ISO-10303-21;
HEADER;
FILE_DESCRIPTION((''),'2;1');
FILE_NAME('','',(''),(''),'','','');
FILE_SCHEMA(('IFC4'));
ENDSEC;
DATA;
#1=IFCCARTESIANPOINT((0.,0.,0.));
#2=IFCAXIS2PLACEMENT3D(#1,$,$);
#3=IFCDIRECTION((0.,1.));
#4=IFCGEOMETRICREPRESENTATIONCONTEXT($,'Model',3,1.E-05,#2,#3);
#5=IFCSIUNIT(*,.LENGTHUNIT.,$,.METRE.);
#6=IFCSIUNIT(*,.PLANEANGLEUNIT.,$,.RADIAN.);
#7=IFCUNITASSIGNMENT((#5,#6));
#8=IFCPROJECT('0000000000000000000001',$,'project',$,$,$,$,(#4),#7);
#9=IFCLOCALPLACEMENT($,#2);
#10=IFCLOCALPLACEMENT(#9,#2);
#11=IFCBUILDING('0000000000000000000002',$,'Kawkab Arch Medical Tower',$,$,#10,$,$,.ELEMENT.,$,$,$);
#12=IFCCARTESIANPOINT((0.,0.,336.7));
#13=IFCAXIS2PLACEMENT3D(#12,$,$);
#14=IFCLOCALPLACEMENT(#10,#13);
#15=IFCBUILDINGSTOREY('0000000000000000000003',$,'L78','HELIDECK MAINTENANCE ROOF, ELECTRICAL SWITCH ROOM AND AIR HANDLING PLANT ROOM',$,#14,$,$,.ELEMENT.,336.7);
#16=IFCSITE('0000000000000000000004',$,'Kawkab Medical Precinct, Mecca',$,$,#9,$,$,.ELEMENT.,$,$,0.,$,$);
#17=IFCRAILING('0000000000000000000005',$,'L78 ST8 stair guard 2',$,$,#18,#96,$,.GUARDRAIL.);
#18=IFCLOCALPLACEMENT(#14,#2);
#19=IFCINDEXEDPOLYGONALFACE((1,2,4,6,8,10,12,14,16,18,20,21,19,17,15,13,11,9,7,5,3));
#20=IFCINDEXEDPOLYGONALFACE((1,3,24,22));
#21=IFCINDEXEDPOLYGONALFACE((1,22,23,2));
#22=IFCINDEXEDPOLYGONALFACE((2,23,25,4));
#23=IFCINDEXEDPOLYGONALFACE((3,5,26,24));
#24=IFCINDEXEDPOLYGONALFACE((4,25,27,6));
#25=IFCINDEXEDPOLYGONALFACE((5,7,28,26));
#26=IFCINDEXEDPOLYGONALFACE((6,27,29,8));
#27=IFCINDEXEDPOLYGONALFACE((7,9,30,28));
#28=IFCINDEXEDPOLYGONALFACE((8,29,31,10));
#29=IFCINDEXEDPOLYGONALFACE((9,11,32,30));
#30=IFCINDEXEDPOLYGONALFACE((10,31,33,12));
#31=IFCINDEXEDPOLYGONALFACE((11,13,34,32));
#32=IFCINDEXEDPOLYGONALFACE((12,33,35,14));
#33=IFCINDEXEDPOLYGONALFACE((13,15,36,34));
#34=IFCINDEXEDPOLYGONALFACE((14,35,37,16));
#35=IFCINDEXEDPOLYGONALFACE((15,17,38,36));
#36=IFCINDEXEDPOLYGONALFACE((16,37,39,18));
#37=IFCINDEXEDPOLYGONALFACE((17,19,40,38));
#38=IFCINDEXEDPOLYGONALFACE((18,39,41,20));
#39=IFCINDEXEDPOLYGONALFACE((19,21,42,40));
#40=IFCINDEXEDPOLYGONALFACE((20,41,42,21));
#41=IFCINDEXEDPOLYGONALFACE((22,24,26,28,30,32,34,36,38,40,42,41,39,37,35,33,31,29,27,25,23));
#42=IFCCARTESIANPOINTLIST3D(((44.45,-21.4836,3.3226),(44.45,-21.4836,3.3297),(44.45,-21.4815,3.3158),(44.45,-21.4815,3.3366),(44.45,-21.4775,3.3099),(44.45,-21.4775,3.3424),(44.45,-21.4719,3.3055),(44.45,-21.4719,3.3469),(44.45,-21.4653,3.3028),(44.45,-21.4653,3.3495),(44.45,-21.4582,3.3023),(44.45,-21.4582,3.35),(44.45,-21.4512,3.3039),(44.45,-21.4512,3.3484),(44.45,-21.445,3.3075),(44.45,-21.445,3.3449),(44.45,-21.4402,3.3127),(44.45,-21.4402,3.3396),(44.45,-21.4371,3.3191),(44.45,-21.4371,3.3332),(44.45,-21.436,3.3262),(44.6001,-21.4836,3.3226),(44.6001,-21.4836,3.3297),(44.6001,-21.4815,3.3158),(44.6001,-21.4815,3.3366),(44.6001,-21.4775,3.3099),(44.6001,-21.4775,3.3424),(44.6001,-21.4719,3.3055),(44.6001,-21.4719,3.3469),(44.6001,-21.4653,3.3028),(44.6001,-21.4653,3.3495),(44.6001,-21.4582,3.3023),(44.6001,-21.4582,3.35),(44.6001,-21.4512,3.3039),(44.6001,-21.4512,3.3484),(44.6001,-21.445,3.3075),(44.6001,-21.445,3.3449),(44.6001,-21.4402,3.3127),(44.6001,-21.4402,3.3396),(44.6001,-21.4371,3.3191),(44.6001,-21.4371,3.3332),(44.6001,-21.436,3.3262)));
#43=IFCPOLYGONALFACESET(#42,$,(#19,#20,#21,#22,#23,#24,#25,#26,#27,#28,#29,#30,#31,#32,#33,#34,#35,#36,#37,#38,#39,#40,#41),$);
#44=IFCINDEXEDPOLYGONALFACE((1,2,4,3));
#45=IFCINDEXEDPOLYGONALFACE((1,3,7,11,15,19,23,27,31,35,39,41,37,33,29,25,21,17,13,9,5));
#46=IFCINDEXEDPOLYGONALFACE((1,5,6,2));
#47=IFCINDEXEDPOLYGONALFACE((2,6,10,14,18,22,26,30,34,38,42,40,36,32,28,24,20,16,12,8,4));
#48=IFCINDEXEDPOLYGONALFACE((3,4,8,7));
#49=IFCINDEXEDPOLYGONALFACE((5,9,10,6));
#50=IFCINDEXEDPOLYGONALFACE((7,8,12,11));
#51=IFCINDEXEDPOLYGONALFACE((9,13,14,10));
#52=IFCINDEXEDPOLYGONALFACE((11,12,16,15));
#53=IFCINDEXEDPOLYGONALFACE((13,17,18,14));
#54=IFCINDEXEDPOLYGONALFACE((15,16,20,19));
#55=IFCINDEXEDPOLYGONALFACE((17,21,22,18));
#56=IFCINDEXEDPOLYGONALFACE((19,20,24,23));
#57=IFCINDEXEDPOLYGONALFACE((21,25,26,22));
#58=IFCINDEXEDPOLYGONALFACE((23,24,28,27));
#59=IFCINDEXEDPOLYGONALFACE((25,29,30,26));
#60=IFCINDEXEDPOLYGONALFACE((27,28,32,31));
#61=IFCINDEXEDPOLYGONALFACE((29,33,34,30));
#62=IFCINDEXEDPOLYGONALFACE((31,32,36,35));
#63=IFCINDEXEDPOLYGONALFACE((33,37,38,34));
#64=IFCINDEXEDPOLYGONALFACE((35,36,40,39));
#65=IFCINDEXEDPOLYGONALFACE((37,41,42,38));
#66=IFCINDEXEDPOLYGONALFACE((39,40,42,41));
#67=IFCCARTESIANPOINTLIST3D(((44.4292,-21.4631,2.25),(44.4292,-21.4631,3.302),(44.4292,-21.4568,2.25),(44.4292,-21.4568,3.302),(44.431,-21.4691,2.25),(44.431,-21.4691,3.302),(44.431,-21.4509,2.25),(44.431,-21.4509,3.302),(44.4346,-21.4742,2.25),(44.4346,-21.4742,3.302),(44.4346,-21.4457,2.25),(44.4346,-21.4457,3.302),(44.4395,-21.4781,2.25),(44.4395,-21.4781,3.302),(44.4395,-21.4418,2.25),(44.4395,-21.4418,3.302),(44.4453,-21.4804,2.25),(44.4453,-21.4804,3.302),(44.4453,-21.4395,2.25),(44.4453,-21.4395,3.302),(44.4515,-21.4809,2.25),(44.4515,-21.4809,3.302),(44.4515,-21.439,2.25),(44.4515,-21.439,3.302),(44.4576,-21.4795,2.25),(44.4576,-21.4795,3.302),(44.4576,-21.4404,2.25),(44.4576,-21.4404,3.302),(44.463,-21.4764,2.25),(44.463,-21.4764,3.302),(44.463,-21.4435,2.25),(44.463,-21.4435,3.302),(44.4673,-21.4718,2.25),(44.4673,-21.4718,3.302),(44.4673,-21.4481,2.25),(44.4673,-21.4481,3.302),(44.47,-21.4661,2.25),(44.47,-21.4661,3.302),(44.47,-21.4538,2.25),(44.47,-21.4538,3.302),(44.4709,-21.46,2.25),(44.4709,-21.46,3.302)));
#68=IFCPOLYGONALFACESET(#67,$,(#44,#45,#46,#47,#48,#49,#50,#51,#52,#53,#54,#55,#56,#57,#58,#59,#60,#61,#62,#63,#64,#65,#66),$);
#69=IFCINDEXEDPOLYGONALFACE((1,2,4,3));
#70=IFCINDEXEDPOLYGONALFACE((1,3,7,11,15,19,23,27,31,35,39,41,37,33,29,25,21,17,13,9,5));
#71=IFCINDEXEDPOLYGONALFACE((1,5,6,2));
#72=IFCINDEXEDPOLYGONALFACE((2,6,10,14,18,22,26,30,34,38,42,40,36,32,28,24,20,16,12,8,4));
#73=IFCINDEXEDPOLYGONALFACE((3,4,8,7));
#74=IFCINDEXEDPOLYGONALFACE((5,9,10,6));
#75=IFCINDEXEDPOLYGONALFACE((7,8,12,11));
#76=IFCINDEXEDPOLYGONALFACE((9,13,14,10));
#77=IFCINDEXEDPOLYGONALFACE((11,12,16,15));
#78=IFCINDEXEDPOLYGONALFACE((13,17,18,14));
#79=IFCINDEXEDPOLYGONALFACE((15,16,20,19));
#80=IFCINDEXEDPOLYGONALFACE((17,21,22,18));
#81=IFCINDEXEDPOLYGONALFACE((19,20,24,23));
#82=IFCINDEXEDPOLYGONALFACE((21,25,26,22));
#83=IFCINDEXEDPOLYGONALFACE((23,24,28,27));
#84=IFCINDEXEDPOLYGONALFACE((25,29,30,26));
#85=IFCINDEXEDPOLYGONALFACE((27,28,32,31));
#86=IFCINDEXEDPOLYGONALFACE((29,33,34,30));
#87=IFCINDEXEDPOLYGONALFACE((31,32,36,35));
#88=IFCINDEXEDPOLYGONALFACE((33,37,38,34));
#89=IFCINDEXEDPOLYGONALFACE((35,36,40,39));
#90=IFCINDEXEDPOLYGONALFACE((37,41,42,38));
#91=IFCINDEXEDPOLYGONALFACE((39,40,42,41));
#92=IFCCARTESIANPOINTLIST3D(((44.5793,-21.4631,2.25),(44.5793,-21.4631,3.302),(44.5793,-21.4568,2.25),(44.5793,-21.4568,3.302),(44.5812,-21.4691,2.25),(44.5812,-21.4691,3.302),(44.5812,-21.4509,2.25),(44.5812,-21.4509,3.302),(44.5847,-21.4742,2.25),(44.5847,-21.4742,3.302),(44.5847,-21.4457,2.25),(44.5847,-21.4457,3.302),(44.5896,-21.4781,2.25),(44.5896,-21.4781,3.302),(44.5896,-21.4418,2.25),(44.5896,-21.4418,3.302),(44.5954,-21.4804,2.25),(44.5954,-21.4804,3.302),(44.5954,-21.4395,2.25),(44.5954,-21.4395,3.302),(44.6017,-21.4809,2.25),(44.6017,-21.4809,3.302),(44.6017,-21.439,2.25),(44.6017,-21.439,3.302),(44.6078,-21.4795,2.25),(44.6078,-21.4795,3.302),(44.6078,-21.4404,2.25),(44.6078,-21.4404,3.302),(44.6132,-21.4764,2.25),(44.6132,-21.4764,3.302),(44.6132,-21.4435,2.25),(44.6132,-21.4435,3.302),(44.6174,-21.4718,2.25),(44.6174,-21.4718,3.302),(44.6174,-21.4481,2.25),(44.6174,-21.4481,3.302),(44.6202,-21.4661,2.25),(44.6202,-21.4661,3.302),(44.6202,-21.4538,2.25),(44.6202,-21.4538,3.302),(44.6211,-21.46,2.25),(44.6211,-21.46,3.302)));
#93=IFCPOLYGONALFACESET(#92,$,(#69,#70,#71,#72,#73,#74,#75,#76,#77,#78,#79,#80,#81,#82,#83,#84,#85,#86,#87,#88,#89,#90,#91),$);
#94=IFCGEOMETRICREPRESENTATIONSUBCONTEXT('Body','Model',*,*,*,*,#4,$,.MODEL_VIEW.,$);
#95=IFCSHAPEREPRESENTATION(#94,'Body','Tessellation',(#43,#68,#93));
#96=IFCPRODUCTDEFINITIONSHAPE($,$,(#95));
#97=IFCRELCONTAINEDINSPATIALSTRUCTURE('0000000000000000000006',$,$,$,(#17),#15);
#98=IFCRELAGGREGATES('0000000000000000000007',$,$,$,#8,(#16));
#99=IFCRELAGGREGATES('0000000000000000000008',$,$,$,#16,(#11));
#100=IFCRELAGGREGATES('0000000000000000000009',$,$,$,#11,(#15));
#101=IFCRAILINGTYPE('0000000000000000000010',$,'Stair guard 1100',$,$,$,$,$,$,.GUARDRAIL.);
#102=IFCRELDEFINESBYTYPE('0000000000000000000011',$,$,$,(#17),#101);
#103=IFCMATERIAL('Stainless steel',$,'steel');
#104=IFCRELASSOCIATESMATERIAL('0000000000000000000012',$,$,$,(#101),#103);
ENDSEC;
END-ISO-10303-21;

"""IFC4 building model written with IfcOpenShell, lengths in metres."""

from ifc_helpers import new_model, si_unit, direction, frame, origin, origin_2d, place, context, subcontext, project, spatial, circle, extrude, material, type_object, element, save


model = new_model("IFC4")

# Units and contexts
model_context = context("Model", 3, precision=1e-05, world=origin(), true_north=direction((0.0, 1.0)))
body_context = subcontext(model_context, "Body", "Model", "MODEL_VIEW")
ifc_project = project(units=[si_unit("LENGTHUNIT", "METRE"), si_unit("PLANEANGLEUNIT", "RADIAN")], contexts=[model_context])

# Site, building, storey
site_placement = place(None, origin())
site = spatial("IfcSite", under=ifc_project, at=site_placement, Name="Kawkab Medical Precinct, Mecca", CompositionType="ELEMENT", RefElevation=0.0)
building_placement = place(site_placement, origin())
building = spatial("IfcBuilding", under=site, at=building_placement, Name="Kawkab Arch Medical Tower", CompositionType="ELEMENT")
storey_placement = place(building_placement, frame((0.0, 0.0, 336.7)))
storey = spatial("IfcBuildingStorey", under=building, at=storey_placement, Name="L78", Description="HELIDECK MAINTENANCE ROOF, ELECTRICAL SWITCH ROOM AND AIR HANDLING PLANT ROOM", CompositionType="ELEMENT", Elevation=336.7)

# Railing
ifc_material_1 = material(Name="Stainless steel", Category="steel")
railing_type = type_object("IfcRailingType", Name="Stair guard 1100", PredefinedType="GUARDRAIL", material=ifc_material_1)
railing_1_placement = place(storey_placement, frame((44.45, -21.46, 2.25)))
element("IfcRailing", 1, at=railing_1_placement, inside=storey, type_object=railing_type, Name="L78 ST8 stair guard 2", PredefinedType="GUARDRAIL", context=body_context, shape_type="SweptSolid", body=[
    extrude(circle(Radius=0.0239, at=origin_2d()), frame((0.0, 0.0, 1.0762), z_axis=(1.0, 0.0, 0.0), x_axis=(0.0, 1.0, 0.0)), (0.0, 0.0, 1.0), 0.1501),
    extrude(circle(Radius=0.021, at=origin_2d()), origin(), (0.0, 0.0, 1.0), 1.052),
    extrude(circle(Radius=0.021, at=origin_2d()), frame((0.1501, 0.0, 0.0)), (0.0, 0.0, 1.0), 1.052),
])

save(model, "model.ifc")
